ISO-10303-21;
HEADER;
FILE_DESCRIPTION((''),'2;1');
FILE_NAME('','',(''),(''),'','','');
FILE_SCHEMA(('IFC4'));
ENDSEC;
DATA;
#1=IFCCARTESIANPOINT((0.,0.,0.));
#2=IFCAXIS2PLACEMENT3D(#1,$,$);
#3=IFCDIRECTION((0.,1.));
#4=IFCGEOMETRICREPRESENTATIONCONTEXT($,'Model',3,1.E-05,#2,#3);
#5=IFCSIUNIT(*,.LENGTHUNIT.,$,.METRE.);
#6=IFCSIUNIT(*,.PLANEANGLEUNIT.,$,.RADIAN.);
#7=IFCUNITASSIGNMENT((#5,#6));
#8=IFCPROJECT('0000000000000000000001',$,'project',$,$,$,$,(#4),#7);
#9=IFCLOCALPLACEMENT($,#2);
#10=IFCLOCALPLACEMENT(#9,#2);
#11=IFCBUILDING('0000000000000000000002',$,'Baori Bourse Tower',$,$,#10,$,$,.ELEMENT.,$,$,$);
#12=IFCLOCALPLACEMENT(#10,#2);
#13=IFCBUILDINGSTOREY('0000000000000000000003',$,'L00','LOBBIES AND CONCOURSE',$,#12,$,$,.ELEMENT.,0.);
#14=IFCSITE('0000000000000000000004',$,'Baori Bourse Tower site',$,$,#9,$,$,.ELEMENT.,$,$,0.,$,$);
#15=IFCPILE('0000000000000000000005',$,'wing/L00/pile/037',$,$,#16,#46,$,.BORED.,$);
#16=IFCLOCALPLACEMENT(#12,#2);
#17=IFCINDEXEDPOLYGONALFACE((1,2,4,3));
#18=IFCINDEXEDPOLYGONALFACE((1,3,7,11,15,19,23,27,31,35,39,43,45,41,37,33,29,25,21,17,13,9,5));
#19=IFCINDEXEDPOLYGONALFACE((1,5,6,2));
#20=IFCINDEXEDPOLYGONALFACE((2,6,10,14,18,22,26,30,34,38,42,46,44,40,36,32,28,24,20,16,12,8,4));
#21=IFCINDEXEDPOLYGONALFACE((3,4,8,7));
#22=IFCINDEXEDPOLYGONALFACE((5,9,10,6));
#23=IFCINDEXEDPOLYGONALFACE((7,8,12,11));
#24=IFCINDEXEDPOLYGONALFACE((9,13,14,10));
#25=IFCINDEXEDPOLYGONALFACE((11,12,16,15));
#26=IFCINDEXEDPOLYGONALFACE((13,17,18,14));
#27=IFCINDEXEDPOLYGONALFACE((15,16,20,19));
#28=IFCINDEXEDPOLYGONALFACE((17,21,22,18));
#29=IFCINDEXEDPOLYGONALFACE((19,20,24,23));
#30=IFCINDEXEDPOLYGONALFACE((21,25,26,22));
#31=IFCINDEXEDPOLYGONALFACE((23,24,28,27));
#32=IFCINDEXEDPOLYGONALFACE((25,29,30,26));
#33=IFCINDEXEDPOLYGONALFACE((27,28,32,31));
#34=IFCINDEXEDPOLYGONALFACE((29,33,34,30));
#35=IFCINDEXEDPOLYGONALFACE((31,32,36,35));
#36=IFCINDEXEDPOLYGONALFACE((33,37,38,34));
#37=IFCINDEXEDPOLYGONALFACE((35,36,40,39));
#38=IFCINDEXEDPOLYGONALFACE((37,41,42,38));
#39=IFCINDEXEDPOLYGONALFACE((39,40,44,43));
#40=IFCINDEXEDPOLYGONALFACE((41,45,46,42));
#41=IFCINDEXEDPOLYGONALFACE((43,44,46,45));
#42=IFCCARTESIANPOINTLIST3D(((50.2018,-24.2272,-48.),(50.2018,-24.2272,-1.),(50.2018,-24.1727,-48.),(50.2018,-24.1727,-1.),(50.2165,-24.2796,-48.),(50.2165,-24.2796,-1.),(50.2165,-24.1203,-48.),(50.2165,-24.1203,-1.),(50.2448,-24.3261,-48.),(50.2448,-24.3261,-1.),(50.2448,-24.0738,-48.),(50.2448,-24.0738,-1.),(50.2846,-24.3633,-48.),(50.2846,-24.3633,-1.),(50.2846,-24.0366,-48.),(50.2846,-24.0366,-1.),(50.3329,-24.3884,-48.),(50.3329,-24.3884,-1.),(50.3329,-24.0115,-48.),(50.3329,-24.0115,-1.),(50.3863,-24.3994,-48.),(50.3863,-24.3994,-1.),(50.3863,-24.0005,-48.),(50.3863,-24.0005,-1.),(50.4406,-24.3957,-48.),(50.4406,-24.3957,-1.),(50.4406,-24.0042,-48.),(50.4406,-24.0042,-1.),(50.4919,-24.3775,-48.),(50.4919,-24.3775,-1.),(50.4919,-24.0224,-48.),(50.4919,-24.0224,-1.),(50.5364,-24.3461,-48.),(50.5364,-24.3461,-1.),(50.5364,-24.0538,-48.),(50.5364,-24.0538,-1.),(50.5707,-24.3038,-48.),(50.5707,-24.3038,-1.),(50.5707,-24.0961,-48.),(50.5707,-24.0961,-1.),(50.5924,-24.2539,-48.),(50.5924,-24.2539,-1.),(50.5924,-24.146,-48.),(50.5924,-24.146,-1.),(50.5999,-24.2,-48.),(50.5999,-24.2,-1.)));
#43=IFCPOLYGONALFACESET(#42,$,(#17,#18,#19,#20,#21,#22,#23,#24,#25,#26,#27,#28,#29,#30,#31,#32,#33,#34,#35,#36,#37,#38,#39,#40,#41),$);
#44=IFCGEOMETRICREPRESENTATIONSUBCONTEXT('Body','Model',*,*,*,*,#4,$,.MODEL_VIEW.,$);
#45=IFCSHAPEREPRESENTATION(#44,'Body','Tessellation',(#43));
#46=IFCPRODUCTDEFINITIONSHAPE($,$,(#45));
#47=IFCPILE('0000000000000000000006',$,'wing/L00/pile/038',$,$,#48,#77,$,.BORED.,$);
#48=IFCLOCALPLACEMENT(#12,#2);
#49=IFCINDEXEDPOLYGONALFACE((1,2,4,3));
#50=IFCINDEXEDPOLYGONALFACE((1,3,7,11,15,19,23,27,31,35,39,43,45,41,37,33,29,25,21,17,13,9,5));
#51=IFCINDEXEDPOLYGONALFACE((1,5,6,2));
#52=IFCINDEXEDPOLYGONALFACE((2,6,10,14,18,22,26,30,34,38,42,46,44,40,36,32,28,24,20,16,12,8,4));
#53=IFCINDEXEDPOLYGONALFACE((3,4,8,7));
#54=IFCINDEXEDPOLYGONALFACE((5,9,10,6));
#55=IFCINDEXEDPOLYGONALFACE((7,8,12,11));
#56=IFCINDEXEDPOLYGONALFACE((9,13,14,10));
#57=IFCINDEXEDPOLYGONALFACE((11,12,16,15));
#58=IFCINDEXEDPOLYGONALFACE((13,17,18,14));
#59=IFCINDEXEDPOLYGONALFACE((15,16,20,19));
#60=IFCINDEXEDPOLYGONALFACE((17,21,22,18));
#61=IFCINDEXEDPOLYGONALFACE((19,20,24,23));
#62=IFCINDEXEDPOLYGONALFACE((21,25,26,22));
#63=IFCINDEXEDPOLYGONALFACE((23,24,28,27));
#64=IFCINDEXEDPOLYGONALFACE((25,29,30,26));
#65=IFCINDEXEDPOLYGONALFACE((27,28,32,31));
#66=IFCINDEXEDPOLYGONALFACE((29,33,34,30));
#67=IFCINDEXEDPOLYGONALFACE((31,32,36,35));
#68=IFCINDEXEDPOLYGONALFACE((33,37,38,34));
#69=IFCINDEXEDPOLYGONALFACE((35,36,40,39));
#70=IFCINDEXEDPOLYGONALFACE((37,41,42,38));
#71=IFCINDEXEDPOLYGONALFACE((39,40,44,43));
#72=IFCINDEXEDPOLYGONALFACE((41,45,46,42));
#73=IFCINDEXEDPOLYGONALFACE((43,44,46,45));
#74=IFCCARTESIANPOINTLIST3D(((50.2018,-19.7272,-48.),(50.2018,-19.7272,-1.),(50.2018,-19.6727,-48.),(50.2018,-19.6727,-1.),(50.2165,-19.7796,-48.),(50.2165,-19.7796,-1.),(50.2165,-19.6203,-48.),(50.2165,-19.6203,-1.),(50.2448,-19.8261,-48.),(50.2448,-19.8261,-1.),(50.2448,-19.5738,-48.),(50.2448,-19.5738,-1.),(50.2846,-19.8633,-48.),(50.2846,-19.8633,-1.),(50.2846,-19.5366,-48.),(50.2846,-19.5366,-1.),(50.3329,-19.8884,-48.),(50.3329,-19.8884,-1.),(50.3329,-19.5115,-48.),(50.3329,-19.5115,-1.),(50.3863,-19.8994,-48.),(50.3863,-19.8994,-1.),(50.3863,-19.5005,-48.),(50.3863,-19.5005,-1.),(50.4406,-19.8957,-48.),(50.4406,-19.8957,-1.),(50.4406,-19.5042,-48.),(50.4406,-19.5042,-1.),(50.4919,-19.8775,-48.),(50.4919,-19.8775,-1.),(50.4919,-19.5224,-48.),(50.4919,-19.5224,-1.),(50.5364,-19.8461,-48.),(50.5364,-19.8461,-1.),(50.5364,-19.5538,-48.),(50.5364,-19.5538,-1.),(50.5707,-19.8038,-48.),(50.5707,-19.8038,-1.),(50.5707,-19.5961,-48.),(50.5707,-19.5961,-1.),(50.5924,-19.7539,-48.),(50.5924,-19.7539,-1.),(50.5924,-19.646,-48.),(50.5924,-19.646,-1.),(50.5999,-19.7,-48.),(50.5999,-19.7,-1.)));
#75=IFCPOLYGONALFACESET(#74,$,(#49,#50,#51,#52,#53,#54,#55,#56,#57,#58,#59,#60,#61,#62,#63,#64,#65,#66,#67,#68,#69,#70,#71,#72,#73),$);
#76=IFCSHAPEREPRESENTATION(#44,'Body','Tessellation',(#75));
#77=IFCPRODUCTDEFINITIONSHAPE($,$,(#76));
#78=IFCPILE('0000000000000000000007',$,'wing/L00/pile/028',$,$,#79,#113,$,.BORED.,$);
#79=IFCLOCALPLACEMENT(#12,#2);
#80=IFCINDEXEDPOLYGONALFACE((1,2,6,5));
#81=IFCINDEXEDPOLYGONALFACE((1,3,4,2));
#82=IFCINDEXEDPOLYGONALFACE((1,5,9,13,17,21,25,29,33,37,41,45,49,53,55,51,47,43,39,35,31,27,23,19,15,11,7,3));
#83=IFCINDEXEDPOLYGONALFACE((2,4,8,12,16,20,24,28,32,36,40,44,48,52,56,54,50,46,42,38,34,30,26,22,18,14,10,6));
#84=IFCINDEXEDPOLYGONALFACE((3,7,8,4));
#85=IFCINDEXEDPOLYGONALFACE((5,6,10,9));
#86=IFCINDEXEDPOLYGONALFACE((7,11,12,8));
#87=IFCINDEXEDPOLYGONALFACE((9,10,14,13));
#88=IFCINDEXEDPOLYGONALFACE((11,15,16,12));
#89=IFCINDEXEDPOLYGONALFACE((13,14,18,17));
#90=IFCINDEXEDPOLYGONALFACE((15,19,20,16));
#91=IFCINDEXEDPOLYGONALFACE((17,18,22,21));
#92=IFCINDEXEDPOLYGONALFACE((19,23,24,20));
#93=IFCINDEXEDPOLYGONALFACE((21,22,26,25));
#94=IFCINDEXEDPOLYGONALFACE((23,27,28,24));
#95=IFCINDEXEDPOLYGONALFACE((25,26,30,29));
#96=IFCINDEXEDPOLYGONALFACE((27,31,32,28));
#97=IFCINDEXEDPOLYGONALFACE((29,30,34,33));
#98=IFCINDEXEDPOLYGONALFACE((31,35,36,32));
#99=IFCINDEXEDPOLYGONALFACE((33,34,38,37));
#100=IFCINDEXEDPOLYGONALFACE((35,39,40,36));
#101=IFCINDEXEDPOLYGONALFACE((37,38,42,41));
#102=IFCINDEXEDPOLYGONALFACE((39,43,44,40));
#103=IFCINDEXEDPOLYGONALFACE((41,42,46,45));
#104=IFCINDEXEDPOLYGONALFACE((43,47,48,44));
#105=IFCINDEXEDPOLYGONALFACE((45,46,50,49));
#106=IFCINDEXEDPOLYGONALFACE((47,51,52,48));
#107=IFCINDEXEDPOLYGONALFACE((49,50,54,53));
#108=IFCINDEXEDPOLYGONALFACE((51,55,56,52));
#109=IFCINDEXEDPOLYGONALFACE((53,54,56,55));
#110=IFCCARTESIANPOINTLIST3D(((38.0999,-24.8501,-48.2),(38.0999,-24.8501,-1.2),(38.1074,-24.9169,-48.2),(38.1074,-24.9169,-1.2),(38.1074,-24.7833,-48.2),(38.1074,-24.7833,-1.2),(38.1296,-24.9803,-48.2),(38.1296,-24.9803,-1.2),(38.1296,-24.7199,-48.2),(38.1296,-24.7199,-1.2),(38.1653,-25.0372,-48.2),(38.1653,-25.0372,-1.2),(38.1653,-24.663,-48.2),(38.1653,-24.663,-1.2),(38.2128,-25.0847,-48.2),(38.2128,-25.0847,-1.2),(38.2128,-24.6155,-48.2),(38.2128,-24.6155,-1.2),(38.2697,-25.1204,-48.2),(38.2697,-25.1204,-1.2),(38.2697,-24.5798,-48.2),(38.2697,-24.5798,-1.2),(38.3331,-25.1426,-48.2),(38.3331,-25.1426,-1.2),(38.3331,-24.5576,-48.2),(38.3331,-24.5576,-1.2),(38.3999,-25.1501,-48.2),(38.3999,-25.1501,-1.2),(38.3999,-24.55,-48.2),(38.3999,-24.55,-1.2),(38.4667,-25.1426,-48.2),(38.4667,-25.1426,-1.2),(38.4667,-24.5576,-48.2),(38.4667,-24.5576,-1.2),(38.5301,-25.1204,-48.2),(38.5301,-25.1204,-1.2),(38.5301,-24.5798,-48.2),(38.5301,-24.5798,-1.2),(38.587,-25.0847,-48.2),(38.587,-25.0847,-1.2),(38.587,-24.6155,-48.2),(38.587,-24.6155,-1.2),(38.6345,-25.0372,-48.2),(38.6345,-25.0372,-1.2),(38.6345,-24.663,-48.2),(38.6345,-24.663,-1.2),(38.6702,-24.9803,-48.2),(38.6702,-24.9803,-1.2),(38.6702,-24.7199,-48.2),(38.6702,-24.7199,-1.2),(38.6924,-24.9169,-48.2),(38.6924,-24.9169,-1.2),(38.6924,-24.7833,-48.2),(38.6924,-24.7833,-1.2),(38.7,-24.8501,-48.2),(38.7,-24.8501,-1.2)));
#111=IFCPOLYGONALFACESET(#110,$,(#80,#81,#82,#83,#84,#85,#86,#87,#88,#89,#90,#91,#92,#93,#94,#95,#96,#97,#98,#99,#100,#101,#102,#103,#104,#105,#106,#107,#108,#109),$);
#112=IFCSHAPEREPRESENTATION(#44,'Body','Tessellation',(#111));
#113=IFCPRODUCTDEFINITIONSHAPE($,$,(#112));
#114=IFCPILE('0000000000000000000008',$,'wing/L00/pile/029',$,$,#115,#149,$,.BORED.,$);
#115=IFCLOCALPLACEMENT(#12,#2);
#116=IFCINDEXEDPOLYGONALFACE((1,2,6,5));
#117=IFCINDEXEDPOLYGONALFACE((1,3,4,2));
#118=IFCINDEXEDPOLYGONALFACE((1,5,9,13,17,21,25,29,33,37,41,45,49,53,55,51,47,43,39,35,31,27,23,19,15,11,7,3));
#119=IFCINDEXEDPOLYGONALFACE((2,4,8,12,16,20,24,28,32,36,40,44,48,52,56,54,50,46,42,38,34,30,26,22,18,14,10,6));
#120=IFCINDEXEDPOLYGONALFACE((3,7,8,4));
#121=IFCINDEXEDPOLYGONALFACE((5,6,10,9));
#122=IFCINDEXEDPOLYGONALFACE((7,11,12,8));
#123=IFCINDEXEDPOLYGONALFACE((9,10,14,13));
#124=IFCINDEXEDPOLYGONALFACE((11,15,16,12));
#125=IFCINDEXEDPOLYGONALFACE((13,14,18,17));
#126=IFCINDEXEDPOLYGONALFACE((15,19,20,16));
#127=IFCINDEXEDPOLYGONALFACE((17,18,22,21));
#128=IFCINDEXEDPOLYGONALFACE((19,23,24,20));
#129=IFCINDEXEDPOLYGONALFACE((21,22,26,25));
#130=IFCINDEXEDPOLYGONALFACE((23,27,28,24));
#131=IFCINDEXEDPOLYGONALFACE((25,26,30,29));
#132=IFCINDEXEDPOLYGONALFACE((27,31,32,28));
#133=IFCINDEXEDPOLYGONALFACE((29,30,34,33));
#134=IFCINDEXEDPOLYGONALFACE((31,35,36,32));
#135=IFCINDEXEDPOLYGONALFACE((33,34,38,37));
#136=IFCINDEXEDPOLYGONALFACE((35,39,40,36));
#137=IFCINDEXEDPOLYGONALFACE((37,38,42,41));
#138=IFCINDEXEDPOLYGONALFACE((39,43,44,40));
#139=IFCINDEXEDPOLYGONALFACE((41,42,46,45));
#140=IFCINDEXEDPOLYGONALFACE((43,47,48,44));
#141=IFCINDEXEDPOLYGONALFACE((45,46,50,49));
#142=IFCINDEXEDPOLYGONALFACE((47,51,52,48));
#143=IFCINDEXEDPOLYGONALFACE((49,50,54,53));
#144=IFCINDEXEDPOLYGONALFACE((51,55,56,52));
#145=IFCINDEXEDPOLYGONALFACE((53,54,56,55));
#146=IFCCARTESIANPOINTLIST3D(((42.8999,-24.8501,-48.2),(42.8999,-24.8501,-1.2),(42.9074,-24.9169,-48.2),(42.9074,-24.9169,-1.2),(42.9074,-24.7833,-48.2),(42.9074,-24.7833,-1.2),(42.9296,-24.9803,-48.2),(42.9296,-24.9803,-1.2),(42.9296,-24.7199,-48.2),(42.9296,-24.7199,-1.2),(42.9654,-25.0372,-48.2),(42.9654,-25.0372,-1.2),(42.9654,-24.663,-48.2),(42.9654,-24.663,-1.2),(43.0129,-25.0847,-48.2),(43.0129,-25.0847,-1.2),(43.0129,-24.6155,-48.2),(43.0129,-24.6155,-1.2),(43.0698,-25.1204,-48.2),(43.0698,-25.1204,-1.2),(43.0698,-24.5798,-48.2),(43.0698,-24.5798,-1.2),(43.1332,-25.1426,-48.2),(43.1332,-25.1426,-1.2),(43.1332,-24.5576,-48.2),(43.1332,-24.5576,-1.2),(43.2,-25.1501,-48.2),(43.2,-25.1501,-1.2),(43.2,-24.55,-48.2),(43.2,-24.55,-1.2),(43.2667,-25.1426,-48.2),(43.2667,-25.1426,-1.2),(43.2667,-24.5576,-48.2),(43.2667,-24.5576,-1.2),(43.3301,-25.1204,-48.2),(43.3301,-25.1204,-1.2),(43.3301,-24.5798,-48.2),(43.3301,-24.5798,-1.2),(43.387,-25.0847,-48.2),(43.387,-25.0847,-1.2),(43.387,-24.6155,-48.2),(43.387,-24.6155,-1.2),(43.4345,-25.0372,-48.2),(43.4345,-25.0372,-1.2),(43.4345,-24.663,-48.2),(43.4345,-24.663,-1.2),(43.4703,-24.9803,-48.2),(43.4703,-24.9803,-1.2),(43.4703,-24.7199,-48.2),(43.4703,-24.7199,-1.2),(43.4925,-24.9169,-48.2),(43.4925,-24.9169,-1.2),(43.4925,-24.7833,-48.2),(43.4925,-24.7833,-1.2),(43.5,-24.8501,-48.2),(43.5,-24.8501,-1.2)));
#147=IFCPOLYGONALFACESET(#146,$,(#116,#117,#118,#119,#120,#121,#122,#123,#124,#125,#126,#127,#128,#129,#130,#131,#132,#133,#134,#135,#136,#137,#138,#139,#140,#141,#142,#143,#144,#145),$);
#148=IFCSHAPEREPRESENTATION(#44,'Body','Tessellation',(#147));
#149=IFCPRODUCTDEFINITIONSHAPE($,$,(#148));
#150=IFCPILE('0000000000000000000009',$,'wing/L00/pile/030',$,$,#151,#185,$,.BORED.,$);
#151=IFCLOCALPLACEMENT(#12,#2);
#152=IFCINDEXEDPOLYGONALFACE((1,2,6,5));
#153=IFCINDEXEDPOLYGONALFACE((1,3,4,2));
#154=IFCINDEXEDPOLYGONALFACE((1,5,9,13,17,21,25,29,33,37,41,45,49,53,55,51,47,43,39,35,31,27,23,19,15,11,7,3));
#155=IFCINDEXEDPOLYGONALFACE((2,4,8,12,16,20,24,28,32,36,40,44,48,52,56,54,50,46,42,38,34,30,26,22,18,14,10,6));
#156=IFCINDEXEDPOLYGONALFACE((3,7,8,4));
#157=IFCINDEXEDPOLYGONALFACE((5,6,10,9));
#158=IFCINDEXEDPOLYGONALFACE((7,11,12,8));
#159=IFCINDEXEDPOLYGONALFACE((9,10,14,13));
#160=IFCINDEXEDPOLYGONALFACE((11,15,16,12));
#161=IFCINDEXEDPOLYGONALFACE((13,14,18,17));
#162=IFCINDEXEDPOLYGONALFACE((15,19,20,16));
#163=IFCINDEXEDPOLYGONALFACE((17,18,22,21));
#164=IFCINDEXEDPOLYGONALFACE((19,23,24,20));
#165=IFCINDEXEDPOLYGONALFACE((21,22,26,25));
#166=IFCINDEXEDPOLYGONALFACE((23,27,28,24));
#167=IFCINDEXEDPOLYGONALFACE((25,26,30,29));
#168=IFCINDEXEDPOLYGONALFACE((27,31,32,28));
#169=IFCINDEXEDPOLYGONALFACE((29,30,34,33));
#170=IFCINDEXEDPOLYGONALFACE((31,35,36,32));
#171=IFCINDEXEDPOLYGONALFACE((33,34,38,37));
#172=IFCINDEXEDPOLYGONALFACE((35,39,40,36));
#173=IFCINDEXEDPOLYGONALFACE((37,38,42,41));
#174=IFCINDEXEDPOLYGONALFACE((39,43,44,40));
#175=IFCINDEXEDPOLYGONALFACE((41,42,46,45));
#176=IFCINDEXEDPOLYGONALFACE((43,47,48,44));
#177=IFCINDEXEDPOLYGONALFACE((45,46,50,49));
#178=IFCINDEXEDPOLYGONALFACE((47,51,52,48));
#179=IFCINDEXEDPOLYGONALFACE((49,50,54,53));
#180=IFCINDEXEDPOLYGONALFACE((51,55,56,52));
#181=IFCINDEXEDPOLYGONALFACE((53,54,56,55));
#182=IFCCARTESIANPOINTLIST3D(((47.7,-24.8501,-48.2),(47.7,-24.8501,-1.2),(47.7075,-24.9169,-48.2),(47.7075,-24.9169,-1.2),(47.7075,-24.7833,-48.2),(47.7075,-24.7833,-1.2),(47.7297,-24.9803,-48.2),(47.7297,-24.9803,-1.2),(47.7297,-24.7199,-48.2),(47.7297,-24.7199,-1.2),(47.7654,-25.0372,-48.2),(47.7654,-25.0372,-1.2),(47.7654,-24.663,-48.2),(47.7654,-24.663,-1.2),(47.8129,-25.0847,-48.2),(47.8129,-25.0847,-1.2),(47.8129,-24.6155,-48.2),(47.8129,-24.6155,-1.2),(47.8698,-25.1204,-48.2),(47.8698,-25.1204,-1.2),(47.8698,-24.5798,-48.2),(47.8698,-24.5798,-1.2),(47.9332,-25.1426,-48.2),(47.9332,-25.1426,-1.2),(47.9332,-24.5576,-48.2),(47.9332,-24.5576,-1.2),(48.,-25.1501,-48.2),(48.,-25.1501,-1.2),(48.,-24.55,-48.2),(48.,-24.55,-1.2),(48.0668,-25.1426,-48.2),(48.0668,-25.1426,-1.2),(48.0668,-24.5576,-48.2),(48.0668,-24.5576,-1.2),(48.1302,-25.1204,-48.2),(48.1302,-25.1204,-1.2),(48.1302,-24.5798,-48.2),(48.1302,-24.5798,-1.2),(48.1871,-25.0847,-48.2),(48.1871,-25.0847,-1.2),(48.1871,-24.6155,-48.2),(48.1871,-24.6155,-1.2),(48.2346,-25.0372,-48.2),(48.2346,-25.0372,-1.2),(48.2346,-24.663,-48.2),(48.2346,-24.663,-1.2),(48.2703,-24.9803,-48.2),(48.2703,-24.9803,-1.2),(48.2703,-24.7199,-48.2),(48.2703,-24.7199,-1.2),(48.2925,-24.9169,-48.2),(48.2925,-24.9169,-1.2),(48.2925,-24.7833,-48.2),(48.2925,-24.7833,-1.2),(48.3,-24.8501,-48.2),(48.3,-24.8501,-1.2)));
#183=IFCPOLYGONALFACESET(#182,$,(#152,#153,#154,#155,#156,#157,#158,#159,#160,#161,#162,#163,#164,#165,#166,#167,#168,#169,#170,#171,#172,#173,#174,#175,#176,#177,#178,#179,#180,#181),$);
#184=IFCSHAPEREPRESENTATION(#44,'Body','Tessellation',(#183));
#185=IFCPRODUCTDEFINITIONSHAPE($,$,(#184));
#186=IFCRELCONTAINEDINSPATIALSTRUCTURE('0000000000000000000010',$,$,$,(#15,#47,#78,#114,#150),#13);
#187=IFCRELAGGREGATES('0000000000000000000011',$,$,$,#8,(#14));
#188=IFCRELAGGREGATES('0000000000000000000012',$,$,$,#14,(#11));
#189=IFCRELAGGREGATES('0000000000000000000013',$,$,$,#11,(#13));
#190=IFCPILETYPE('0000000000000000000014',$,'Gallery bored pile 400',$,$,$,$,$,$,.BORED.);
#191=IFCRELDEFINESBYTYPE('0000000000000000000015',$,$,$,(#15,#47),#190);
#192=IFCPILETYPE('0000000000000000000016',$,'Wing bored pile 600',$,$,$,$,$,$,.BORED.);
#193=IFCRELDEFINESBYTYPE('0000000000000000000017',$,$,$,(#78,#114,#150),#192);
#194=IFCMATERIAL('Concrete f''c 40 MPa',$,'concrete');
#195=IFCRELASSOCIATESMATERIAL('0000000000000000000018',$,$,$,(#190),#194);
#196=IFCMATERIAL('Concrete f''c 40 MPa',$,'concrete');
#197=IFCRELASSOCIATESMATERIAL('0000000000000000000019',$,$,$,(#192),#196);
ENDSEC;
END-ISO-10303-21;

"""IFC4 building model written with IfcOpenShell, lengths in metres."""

from ifc_helpers import new_model, si_unit, direction, frame, origin, origin_2d, place, context, subcontext, project, spatial, circle, extrude, material, material_profile, profile_set, type_object, element, save


model = new_model("IFC4")

# Units and contexts
model_context = context("Model", 3, precision=1e-05, world=origin(), true_north=direction((0.0, 1.0)))
body_context = subcontext(model_context, "Body", "Model", "MODEL_VIEW")
ifc_project = project(units=[si_unit("LENGTHUNIT", "METRE"), si_unit("PLANEANGLEUNIT", "RADIAN")], contexts=[model_context])

# Site, building, storey
site_placement = place(None, origin())
site = spatial("IfcSite", under=ifc_project, at=site_placement, Name="Baori Bourse Tower site", CompositionType="ELEMENT", RefElevation=0.0)
building_placement = place(site_placement, origin())
building = spatial("IfcBuilding", under=site, at=building_placement, Name="Baori Bourse Tower", CompositionType="ELEMENT")
storey_placement = place(building_placement, origin())
storey = spatial("IfcBuildingStorey", under=building, at=storey_placement, Name="L00", Description="LOBBIES AND CONCOURSE", CompositionType="ELEMENT", Elevation=0.0)

# Piles
ifc_material_1 = material(Name="Concrete f'c 40 MPa", Category="concrete")
ifc_material_profile_1 = material_profile(ifc_material_1, circle(Radius=0.2, at=origin_2d()), Name="Gallery bored pile 400")
ifc_profile_set_1 = profile_set([ifc_material_profile_1], Name="Concrete f'c 40 MPa")
pile_type_1 = type_object("IfcPileType", Name="Gallery bored pile 400", PredefinedType="BORED", material=ifc_profile_set_1)
for number, where, z_axis, x_axis, name in (
    (1, (50.3999, -24.2, -1.0), (0.0, 0.0, -1.0), (1.0, 0.0, 0.0), "wing/L00/pile/037"),
    (2, (50.3999, -19.7, -1.0), (0.0, 0.0, -1.0), (1.0, 0.0, 0.0), "wing/L00/pile/038"),
):
    element("IfcPile", number, at=place(storey_placement, frame(where, z_axis=z_axis, x_axis=x_axis)), inside=storey, type_object=pile_type_1, Name=name, PredefinedType="BORED", context=body_context, shape_type="SweptSolid", body=[
        extrude(circle(Radius=0.2, at=origin_2d()), origin(), (0.0, 0.0, 1.0), 47.0),
    ])
ifc_material_2 = material(Name="Concrete f'c 40 MPa", Category="concrete")
ifc_material_profile_2 = material_profile(ifc_material_2, circle(Radius=0.3, at=origin_2d()), Name="Wing bored pile 600")
ifc_profile_set_2 = profile_set([ifc_material_profile_2], Name="Concrete f'c 40 MPa")
pile_type_2 = type_object("IfcPileType", Name="Wing bored pile 600", PredefinedType="BORED", material=ifc_profile_set_2)
for number, where, z_axis, x_axis, name in (
    (3, (38.3999, -24.8501, -1.2), (0.0, 0.0, -1.0), (1.0, 0.0, 0.0), "wing/L00/pile/028"),
    (4, (43.2, -24.8501, -1.2), (0.0, 0.0, -1.0), (1.0, 0.0, 0.0), "wing/L00/pile/029"),
    (5, (48.0, -24.8501, -1.2), (0.0, 0.0, -1.0), (1.0, 0.0, 0.0), "wing/L00/pile/030"),
):
    element("IfcPile", number, at=place(storey_placement, frame(where, z_axis=z_axis, x_axis=x_axis)), inside=storey, type_object=pile_type_2, Name=name, PredefinedType="BORED", context=body_context, shape_type="SweptSolid", body=[
        extrude(circle(Radius=0.3, at=origin_2d()), origin(), (0.0, 0.0, 1.0), 47.0),
    ])

save(model, "model.ifc")
